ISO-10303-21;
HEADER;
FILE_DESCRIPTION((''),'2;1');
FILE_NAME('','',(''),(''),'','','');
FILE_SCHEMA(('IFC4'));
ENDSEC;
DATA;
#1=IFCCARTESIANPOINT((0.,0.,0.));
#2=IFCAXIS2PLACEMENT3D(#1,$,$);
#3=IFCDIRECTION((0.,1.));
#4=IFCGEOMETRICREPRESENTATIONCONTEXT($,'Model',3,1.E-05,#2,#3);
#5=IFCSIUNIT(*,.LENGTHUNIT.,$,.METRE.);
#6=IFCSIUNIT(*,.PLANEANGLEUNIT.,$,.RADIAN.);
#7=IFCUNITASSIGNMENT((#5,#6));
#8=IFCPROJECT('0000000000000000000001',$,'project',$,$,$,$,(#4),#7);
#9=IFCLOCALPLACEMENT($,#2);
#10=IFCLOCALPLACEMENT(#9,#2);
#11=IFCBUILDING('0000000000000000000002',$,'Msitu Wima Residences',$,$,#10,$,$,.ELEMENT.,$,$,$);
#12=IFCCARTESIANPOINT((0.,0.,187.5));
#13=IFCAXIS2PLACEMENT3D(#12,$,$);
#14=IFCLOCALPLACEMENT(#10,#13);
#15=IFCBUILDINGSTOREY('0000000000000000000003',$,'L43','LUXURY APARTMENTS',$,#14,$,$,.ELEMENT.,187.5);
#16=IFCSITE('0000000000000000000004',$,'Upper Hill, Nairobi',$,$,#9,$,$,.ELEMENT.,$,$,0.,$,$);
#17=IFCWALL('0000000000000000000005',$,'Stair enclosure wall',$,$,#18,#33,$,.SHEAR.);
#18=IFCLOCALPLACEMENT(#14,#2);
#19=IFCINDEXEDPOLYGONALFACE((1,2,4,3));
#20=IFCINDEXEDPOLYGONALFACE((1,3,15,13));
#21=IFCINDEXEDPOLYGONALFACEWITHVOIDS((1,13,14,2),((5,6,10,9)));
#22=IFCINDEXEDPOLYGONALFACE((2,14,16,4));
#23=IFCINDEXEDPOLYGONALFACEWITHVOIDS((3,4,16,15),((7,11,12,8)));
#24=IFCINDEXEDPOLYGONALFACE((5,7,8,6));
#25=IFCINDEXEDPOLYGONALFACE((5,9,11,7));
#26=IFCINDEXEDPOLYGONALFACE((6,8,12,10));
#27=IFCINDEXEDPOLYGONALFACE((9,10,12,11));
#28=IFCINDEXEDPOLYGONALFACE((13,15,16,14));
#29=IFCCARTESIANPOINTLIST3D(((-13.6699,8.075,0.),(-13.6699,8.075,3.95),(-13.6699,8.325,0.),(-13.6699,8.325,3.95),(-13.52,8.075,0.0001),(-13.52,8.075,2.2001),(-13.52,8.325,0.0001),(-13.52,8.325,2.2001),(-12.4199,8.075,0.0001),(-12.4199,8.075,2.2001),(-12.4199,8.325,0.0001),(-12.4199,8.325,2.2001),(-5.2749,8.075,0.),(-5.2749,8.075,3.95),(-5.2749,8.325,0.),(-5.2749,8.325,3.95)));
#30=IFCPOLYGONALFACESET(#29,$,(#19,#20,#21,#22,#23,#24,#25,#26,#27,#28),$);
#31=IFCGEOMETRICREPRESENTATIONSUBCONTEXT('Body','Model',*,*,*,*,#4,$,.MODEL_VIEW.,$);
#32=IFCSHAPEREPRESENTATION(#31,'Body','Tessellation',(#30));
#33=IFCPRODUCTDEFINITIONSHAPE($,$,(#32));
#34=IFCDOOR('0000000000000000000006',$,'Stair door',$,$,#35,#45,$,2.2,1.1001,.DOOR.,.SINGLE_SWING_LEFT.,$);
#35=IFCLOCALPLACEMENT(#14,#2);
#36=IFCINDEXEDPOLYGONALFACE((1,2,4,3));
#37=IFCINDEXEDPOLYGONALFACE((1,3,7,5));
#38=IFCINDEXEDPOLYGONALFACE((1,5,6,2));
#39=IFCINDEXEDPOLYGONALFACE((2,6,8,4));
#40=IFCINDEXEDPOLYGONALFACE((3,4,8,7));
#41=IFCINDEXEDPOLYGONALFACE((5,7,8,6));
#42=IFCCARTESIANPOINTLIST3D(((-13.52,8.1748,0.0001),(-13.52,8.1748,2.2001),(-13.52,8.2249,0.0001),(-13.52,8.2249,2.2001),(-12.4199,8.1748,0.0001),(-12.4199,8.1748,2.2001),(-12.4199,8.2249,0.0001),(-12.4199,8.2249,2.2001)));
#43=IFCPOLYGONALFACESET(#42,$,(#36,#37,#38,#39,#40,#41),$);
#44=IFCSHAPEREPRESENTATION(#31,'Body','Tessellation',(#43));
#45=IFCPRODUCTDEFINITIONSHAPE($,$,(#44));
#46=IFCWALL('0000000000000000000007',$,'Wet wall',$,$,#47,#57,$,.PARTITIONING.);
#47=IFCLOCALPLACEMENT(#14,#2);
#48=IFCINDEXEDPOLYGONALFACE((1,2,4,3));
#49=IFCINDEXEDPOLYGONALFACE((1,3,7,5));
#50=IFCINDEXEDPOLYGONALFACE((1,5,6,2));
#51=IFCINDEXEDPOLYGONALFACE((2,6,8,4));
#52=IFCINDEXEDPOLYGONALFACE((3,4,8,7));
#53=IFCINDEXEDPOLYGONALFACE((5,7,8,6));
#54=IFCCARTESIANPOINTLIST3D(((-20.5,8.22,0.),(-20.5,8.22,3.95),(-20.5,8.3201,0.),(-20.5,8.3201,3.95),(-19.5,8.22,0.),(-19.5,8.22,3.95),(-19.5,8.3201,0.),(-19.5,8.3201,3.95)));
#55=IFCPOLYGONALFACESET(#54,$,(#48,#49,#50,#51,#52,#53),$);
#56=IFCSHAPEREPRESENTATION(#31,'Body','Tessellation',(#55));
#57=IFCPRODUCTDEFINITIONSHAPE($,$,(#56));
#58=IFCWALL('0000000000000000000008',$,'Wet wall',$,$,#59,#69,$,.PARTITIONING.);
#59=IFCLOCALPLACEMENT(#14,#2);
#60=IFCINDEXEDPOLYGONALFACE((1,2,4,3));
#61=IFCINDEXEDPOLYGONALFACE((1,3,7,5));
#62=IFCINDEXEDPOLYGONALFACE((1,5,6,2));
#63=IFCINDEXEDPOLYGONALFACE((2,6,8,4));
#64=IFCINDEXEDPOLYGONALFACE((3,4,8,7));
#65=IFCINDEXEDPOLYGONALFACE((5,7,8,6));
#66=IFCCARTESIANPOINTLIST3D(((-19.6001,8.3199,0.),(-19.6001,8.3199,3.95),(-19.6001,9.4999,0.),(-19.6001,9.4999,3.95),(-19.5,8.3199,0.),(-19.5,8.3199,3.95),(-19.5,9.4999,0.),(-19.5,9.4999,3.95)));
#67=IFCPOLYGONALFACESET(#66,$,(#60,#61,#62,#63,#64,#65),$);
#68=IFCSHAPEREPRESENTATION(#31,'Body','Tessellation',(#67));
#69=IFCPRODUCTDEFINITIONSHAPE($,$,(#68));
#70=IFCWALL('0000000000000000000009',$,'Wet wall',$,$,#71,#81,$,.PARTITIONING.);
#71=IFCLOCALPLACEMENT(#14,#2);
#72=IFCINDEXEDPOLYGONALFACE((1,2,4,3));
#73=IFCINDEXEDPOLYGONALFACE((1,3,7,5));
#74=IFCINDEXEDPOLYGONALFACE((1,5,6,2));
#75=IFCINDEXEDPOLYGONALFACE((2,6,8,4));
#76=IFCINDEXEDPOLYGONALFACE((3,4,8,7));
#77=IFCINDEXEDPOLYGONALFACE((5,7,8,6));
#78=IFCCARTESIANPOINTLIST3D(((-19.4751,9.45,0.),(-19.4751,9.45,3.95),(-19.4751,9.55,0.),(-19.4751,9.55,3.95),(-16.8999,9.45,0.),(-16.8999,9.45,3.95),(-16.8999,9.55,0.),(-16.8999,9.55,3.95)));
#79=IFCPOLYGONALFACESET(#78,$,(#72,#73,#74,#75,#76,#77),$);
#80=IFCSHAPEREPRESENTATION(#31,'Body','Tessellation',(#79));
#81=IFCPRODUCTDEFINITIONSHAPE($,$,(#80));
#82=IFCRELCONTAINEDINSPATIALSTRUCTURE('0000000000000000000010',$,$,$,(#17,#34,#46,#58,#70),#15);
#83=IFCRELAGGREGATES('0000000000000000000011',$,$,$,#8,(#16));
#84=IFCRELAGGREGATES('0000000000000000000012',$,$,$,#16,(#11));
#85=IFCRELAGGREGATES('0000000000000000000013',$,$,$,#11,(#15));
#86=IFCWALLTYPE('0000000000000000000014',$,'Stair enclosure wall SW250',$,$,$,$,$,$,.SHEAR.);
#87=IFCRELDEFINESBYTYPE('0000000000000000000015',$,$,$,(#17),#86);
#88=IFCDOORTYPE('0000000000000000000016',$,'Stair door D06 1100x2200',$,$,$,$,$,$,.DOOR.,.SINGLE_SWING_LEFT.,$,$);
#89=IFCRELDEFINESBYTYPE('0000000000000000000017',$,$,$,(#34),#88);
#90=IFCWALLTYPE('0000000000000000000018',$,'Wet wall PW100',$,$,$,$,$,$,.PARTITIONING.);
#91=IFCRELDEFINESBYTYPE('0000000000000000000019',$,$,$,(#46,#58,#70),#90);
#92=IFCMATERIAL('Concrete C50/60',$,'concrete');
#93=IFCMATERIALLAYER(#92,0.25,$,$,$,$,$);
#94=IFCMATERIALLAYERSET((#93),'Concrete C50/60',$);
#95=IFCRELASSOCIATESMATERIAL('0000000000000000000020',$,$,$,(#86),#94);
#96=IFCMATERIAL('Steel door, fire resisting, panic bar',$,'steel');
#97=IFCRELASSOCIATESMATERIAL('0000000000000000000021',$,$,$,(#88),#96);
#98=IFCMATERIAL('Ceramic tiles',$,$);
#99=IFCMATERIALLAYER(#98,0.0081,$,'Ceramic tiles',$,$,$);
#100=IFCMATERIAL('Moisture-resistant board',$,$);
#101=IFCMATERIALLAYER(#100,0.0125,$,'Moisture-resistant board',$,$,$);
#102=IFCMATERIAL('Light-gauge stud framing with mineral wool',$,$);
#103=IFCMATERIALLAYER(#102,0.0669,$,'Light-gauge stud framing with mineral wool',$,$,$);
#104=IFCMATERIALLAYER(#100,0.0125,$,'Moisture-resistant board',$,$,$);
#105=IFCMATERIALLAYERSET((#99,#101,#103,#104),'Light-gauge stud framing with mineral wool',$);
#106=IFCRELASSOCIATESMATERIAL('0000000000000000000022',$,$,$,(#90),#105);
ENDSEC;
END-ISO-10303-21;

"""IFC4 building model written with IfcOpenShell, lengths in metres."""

from ifc_helpers import new_model, si_unit, direction, frame, frame_2d, origin, place, context, subcontext, project, spatial, rectangle, extrude, material, layer, layer_set, type_object, element, fill, save


model = new_model("IFC4")

# Units and contexts
model_context = context("Model", 3, precision=1e-05, world=origin(), true_north=direction((0.0, 1.0)))
body_context = subcontext(model_context, "Body", "Model", "MODEL_VIEW")
ifc_project = project(units=[si_unit("LENGTHUNIT", "METRE"), si_unit("PLANEANGLEUNIT", "RADIAN")], contexts=[model_context])

# Site, building, storey
site_placement = place(None, origin())
site = spatial("IfcSite", under=ifc_project, at=site_placement, Name="Upper Hill, Nairobi", CompositionType="ELEMENT", RefElevation=0.0)
building_placement = place(site_placement, origin())
building = spatial("IfcBuilding", under=site, at=building_placement, Name="Msitu Wima Residences", CompositionType="ELEMENT")
storey_placement = place(building_placement, frame((0.0, 0.0, 187.5)))
storey = spatial("IfcBuildingStorey", under=building, at=storey_placement, Name="L43", Description="LUXURY APARTMENTS", CompositionType="ELEMENT", Elevation=187.5)

# Shared definitions
ifc_material_1 = material(Name="Concrete C50/60", Category="concrete")

# Wall, opening, door
ifc_layer_1 = layer(ifc_material_1, 0.25)
ifc_layer_set_1 = layer_set([ifc_layer_1], Name="Concrete C50/60")
wall_type_1 = type_object("IfcWallType", Name="Stair enclosure wall SW250", PredefinedType="SHEAR", material=ifc_layer_set_1)
wall_1_placement = place(storey_placement, frame((-13.6699, 8.2, 0.0), z_axis=(0.0, 0.0, 1.0), x_axis=(1.0, 0.0, 0.0)))
wall_1 = element("IfcWall", 1, at=wall_1_placement, inside=storey, type_object=wall_type_1, Name="Stair enclosure wall", PredefinedType="SHEAR", context=body_context, shape_type="SweptSolid", body=[
    extrude(rectangle(XDim=8.395, YDim=0.25, at=frame_2d((4.1975, 0.0))), origin(), (0.0, 0.0, 1.0), 3.95),
])
opening_1_placement = place(wall_1_placement, frame((0.1499, 0.0, 0.0)))
opening_1 = element("IfcOpeningElement", 2, at=opening_1_placement, cuts=wall_1, PredefinedType="OPENING", context=body_context, shape_type="SweptSolid", body=[
    extrude(rectangle(XDim=1.1001, YDim=2.2, at=frame_2d((0.55, 1.1001))), frame((0.0, 0.135, 0.0), z_axis=(0.0, -1.0, 0.0), x_axis=(1.0, 0.0, 0.0)), (0.0, 0.0, 1.0), 0.27),
])
ifc_material_2 = material(Name="Steel door, fire resisting, panic bar", Category="steel")
door_type_1 = type_object("IfcDoorType", Name="Stair door D06 1100x2200", OperationType="SINGLE_SWING_LEFT", PredefinedType="DOOR", material=ifc_material_2)
door_1_placement = place(opening_1_placement, origin())
door_1 = element("IfcDoor", 3, at=door_1_placement, inside=storey, type_object=door_type_1, Name="Stair door", OperationType="SINGLE_SWING_LEFT", OverallHeight=2.2, OverallWidth=1.1001, PredefinedType="DOOR", context=body_context, shape_type="SweptSolid", body=[
    extrude(rectangle(XDim=1.1001, YDim=2.2, at=frame_2d((0.55, 1.1001))), frame((0.0, 0.0249, 0.0), z_axis=(0.0, -1.0, 0.0), x_axis=(1.0, 0.0, 0.0)), (0.0, 0.0, 1.0), 0.05),
])
fill(opening_1, door_1)

# Walls
ifc_material_3 = material(Name="Ceramic tiles")
ifc_layer_2 = layer(ifc_material_3, 0.0081, Name="Ceramic tiles")
ifc_material_4 = material(Name="Moisture-resistant board")
ifc_layer_3 = layer(ifc_material_4, 0.0125, Name="Moisture-resistant board")
ifc_material_5 = material(Name="Light-gauge stud framing with mineral wool")
ifc_layer_4 = layer(ifc_material_5, 0.0669, Name="Light-gauge stud framing with mineral wool")
ifc_layer_5 = layer(ifc_material_4, 0.0125, Name="Moisture-resistant board")
ifc_layer_set_2 = layer_set([ifc_layer_2, ifc_layer_3, ifc_layer_4, ifc_layer_5], Name="Light-gauge stud framing with mineral wool")
wall_type_2 = type_object("IfcWallType", Name="Wet wall PW100", PredefinedType="PARTITIONING", material=ifc_layer_set_2)
wall_2_placement = place(storey_placement, frame((-20.5, 8.27, 0.0), z_axis=(0.0, 0.0, 1.0), x_axis=(1.0, 0.0, 0.0)))
element("IfcWall", 4, at=wall_2_placement, inside=storey, type_object=wall_type_2, Name="Wet wall", PredefinedType="PARTITIONING", context=body_context, shape_type="SweptSolid", body=[
    extrude(rectangle(XDim=1.0, YDim=0.1001, at=frame_2d((0.5, 0.0))), origin(), (0.0, 0.0, 1.0), 3.95),
])
wall_3_placement = place(storey_placement, frame((-19.55, 8.3201, 0.0), z_axis=(0.0, 0.0, 1.0), x_axis=(0.0, 1.0, 0.0)))
element("IfcWall", 5, at=wall_3_placement, inside=storey, type_object=wall_type_2, Name="Wet wall", PredefinedType="PARTITIONING", context=body_context, shape_type="SweptSolid", body=[
    extrude(rectangle(XDim=1.1799, YDim=0.1001, at=frame_2d((0.5898, 0.0))), origin(), (0.0, 0.0, 1.0), 3.95),
])
wall_4_placement = place(storey_placement, frame((-19.4751, 9.5, 0.0), z_axis=(0.0, 0.0, 1.0), x_axis=(1.0, 0.0, 0.0)))
element("IfcWall", 6, at=wall_4_placement, inside=storey, type_object=wall_type_2, Name="Wet wall", PredefinedType="PARTITIONING", context=body_context, shape_type="SweptSolid", body=[
    extrude(rectangle(XDim=2.5752, YDim=0.1001, at=frame_2d((1.2876, 0.0))), origin(), (0.0, 0.0, 1.0), 3.95),
])

save(model, "model.ifc")
